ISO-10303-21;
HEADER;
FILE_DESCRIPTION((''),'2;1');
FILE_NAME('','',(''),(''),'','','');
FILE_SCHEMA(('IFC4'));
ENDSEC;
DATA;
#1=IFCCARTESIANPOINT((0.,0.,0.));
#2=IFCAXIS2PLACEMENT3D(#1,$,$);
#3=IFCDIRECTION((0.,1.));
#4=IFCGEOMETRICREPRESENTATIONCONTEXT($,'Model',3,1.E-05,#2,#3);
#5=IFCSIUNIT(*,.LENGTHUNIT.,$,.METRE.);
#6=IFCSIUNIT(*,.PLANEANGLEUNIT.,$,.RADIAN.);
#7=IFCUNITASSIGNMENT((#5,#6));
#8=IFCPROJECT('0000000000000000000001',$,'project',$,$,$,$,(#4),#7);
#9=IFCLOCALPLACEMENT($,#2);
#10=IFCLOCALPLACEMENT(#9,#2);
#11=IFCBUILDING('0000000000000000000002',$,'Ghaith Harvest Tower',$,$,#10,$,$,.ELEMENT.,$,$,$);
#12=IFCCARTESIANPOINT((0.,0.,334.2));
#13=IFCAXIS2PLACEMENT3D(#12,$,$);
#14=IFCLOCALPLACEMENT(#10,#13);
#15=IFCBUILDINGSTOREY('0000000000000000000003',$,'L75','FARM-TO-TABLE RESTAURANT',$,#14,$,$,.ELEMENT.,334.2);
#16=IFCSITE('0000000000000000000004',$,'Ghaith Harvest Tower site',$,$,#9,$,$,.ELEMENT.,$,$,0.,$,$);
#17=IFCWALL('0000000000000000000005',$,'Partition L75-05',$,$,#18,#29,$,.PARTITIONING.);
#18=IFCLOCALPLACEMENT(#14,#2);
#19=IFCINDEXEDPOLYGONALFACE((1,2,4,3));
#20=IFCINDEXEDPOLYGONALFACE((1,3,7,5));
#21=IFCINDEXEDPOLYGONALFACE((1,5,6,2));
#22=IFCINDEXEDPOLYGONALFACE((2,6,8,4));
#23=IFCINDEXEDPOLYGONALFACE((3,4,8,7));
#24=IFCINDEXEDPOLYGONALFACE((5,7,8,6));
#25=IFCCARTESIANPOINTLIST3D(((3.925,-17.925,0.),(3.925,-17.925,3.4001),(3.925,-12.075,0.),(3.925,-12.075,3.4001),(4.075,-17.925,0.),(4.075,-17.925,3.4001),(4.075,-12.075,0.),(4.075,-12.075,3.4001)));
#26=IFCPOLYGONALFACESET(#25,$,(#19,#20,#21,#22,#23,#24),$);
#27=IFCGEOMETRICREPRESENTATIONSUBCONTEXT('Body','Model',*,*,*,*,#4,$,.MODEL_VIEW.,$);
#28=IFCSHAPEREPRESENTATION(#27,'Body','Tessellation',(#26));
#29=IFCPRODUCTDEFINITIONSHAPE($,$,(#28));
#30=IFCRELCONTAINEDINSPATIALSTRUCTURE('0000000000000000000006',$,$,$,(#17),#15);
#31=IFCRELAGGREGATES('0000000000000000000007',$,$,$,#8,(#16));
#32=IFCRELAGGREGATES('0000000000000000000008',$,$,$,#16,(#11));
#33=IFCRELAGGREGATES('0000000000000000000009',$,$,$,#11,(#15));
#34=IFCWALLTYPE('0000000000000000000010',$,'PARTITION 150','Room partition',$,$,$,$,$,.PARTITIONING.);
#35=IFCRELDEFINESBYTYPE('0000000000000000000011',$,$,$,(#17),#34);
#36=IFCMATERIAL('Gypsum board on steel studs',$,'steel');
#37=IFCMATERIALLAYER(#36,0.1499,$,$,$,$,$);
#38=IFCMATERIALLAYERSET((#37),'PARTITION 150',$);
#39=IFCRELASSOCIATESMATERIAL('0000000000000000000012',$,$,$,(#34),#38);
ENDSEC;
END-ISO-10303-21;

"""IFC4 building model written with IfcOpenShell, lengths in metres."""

from ifc_helpers import new_model, si_unit, direction, frame, frame_2d, origin, place, context, subcontext, project, spatial, rectangle, extrude, material, layer, layer_set, type_object, element, save


model = new_model("IFC4")

# Units and contexts
model_context = context("Model", 3, precision=1e-05, world=origin(), true_north=direction((0.0, 1.0)))
body_context = subcontext(model_context, "Body", "Model", "MODEL_VIEW")
ifc_project = project(units=[si_unit("LENGTHUNIT", "METRE"), si_unit("PLANEANGLEUNIT", "RADIAN")], contexts=[model_context])

# Site, building, storey
site_placement = place(None, origin())
site = spatial("IfcSite", under=ifc_project, at=site_placement, Name="Ghaith Harvest Tower site", CompositionType="ELEMENT", RefElevation=0.0)
building_placement = place(site_placement, origin())
building = spatial("IfcBuilding", under=site, at=building_placement, Name="Ghaith Harvest Tower", CompositionType="ELEMENT")
storey_placement = place(building_placement, frame((0.0, 0.0, 334.2)))
storey = spatial("IfcBuildingStorey", under=building, at=storey_placement, Name="L75", Description="FARM-TO-TABLE RESTAURANT", CompositionType="ELEMENT", Elevation=334.2)

# Shared definitions
ifc_material_1 = material(Name="Gypsum board on steel studs", Category="steel")
ifc_layer_1 = layer(ifc_material_1, 0.1499)
ifc_layer_set_1 = layer_set([ifc_layer_1], Name="PARTITION 150")
wall_type_1 = type_object("IfcWallType", Name="PARTITION 150", Description="Room partition", PredefinedType="PARTITIONING", material=ifc_layer_set_1)

# Wall
wall_1_placement = place(storey_placement, frame((4.0, -17.925, 0.0), z_axis=(0.0, 0.0, 1.0), x_axis=(0.0, 1.0, 0.0)))
element("IfcWall", 1, at=wall_1_placement, inside=storey, type_object=wall_type_1, Name="Partition L75-05", PredefinedType="PARTITIONING", context=body_context, shape_type="SweptSolid", body=[
    extrude(rectangle(XDim=5.8501, YDim=0.1499, at=frame_2d((2.925, 0.0))), origin(), (0.0, 0.0, 1.0), 3.4001),
])

save(model, "model.ifc")
